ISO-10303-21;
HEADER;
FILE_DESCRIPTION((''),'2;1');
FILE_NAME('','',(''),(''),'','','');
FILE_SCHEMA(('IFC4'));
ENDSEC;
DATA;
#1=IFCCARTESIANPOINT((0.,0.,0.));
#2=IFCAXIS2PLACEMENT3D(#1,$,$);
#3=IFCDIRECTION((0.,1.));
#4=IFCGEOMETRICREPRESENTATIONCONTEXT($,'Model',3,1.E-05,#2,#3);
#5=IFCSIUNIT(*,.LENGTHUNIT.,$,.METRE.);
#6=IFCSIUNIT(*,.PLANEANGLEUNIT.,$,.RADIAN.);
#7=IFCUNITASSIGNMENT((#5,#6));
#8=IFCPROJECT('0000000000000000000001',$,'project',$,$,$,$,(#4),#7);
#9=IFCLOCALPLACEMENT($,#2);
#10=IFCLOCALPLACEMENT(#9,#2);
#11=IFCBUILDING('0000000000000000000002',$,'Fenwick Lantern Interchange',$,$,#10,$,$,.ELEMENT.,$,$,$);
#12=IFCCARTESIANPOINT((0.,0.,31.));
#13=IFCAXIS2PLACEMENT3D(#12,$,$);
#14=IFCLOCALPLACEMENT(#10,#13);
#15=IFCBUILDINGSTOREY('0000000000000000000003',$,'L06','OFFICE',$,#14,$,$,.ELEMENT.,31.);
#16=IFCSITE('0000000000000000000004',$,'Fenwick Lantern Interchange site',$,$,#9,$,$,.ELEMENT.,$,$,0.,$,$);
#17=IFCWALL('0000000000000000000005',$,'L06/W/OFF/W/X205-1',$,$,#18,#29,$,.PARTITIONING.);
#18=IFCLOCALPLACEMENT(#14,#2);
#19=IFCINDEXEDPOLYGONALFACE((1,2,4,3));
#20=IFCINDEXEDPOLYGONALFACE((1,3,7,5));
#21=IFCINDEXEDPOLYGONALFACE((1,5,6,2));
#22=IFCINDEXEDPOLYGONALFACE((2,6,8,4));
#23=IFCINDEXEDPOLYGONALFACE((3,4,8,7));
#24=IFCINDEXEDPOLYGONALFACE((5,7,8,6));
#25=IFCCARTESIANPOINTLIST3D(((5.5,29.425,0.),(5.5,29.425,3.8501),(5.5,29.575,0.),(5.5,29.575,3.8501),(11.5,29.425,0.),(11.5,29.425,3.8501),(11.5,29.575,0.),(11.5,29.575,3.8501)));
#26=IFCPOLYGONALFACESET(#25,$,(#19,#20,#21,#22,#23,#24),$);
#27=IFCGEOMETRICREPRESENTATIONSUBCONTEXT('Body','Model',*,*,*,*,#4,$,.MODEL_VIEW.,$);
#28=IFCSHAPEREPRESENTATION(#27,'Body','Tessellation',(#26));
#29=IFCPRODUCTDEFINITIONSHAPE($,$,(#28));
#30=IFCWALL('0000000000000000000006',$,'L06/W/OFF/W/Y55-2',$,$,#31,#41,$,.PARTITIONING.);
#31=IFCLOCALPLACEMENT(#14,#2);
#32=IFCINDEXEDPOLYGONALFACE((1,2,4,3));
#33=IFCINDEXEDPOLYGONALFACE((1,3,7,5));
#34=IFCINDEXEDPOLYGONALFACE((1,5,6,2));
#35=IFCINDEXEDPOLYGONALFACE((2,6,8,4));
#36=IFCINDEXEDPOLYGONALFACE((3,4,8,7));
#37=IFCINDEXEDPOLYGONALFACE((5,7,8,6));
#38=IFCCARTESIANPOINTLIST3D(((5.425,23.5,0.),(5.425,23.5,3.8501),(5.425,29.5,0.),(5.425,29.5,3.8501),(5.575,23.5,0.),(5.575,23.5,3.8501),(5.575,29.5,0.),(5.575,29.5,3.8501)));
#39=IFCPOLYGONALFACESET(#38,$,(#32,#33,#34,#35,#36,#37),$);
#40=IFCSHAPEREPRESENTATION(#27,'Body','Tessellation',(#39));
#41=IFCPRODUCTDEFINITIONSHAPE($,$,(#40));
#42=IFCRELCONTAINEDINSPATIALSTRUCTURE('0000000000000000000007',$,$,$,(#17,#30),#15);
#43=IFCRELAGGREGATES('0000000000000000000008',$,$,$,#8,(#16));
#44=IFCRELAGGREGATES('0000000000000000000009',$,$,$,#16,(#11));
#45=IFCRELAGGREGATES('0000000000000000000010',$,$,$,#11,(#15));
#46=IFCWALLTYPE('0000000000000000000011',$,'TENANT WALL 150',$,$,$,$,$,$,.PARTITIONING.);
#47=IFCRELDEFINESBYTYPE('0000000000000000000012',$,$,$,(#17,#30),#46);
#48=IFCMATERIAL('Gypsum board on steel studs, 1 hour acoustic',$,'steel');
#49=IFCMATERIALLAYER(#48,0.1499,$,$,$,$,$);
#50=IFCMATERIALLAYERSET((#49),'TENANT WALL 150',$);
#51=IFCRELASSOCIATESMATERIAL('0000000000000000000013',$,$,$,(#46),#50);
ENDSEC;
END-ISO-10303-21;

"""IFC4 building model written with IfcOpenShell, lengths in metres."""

from ifc_helpers import new_model, si_unit, direction, frame, frame_2d, origin, place, context, subcontext, project, spatial, rectangle, extrude, material, layer, layer_set, type_object, element, save


model = new_model("IFC4")

# Units and contexts
model_context = context("Model", 3, precision=1e-05, world=origin(), true_north=direction((0.0, 1.0)))
body_context = subcontext(model_context, "Body", "Model", "MODEL_VIEW")
ifc_project = project(units=[si_unit("LENGTHUNIT", "METRE"), si_unit("PLANEANGLEUNIT", "RADIAN")], contexts=[model_context])

# Site, building, storey
site_placement = place(None, origin())
site = spatial("IfcSite", under=ifc_project, at=site_placement, Name="Fenwick Lantern Interchange site", CompositionType="ELEMENT", RefElevation=0.0)
building_placement = place(site_placement, origin())
building = spatial("IfcBuilding", under=site, at=building_placement, Name="Fenwick Lantern Interchange", CompositionType="ELEMENT")
storey_placement = place(building_placement, frame((0.0, 0.0, 31.0)))
storey = spatial("IfcBuildingStorey", under=building, at=storey_placement, Name="L06", Description="OFFICE", CompositionType="ELEMENT", Elevation=31.0)

# Walls
ifc_material_1 = material(Name="Gypsum board on steel studs, 1 hour acoustic", Category="steel")
ifc_layer_1 = layer(ifc_material_1, 0.1499)
ifc_layer_set_1 = layer_set([ifc_layer_1], Name="TENANT WALL 150")
wall_type_1 = type_object("IfcWallType", Name="TENANT WALL 150", PredefinedType="PARTITIONING", material=ifc_layer_set_1)
for number, where, z_axis, x_axis, name in (
    (1, (5.5, 29.5, 0.0), (0.0, 0.0, 1.0), (1.0, 0.0, 0.0), "L06/W/OFF/W/X205-1"),
    (2, (5.5, 29.5, 0.0), (0.0, 0.0, 1.0), (0.0, -1.0, 0.0), "L06/W/OFF/W/Y55-2"),
):
    element("IfcWall", number, at=place(storey_placement, frame(where, z_axis=z_axis, x_axis=x_axis)), inside=storey, type_object=wall_type_1, Name=name, PredefinedType="PARTITIONING", context=body_context, shape_type="SweptSolid", body=[
        extrude(rectangle(XDim=6.0, YDim=0.1499, at=frame_2d((3.0, 0.0))), origin(), (0.0, 0.0, 1.0), 3.8501),
    ])

save(model, "model.ifc")
